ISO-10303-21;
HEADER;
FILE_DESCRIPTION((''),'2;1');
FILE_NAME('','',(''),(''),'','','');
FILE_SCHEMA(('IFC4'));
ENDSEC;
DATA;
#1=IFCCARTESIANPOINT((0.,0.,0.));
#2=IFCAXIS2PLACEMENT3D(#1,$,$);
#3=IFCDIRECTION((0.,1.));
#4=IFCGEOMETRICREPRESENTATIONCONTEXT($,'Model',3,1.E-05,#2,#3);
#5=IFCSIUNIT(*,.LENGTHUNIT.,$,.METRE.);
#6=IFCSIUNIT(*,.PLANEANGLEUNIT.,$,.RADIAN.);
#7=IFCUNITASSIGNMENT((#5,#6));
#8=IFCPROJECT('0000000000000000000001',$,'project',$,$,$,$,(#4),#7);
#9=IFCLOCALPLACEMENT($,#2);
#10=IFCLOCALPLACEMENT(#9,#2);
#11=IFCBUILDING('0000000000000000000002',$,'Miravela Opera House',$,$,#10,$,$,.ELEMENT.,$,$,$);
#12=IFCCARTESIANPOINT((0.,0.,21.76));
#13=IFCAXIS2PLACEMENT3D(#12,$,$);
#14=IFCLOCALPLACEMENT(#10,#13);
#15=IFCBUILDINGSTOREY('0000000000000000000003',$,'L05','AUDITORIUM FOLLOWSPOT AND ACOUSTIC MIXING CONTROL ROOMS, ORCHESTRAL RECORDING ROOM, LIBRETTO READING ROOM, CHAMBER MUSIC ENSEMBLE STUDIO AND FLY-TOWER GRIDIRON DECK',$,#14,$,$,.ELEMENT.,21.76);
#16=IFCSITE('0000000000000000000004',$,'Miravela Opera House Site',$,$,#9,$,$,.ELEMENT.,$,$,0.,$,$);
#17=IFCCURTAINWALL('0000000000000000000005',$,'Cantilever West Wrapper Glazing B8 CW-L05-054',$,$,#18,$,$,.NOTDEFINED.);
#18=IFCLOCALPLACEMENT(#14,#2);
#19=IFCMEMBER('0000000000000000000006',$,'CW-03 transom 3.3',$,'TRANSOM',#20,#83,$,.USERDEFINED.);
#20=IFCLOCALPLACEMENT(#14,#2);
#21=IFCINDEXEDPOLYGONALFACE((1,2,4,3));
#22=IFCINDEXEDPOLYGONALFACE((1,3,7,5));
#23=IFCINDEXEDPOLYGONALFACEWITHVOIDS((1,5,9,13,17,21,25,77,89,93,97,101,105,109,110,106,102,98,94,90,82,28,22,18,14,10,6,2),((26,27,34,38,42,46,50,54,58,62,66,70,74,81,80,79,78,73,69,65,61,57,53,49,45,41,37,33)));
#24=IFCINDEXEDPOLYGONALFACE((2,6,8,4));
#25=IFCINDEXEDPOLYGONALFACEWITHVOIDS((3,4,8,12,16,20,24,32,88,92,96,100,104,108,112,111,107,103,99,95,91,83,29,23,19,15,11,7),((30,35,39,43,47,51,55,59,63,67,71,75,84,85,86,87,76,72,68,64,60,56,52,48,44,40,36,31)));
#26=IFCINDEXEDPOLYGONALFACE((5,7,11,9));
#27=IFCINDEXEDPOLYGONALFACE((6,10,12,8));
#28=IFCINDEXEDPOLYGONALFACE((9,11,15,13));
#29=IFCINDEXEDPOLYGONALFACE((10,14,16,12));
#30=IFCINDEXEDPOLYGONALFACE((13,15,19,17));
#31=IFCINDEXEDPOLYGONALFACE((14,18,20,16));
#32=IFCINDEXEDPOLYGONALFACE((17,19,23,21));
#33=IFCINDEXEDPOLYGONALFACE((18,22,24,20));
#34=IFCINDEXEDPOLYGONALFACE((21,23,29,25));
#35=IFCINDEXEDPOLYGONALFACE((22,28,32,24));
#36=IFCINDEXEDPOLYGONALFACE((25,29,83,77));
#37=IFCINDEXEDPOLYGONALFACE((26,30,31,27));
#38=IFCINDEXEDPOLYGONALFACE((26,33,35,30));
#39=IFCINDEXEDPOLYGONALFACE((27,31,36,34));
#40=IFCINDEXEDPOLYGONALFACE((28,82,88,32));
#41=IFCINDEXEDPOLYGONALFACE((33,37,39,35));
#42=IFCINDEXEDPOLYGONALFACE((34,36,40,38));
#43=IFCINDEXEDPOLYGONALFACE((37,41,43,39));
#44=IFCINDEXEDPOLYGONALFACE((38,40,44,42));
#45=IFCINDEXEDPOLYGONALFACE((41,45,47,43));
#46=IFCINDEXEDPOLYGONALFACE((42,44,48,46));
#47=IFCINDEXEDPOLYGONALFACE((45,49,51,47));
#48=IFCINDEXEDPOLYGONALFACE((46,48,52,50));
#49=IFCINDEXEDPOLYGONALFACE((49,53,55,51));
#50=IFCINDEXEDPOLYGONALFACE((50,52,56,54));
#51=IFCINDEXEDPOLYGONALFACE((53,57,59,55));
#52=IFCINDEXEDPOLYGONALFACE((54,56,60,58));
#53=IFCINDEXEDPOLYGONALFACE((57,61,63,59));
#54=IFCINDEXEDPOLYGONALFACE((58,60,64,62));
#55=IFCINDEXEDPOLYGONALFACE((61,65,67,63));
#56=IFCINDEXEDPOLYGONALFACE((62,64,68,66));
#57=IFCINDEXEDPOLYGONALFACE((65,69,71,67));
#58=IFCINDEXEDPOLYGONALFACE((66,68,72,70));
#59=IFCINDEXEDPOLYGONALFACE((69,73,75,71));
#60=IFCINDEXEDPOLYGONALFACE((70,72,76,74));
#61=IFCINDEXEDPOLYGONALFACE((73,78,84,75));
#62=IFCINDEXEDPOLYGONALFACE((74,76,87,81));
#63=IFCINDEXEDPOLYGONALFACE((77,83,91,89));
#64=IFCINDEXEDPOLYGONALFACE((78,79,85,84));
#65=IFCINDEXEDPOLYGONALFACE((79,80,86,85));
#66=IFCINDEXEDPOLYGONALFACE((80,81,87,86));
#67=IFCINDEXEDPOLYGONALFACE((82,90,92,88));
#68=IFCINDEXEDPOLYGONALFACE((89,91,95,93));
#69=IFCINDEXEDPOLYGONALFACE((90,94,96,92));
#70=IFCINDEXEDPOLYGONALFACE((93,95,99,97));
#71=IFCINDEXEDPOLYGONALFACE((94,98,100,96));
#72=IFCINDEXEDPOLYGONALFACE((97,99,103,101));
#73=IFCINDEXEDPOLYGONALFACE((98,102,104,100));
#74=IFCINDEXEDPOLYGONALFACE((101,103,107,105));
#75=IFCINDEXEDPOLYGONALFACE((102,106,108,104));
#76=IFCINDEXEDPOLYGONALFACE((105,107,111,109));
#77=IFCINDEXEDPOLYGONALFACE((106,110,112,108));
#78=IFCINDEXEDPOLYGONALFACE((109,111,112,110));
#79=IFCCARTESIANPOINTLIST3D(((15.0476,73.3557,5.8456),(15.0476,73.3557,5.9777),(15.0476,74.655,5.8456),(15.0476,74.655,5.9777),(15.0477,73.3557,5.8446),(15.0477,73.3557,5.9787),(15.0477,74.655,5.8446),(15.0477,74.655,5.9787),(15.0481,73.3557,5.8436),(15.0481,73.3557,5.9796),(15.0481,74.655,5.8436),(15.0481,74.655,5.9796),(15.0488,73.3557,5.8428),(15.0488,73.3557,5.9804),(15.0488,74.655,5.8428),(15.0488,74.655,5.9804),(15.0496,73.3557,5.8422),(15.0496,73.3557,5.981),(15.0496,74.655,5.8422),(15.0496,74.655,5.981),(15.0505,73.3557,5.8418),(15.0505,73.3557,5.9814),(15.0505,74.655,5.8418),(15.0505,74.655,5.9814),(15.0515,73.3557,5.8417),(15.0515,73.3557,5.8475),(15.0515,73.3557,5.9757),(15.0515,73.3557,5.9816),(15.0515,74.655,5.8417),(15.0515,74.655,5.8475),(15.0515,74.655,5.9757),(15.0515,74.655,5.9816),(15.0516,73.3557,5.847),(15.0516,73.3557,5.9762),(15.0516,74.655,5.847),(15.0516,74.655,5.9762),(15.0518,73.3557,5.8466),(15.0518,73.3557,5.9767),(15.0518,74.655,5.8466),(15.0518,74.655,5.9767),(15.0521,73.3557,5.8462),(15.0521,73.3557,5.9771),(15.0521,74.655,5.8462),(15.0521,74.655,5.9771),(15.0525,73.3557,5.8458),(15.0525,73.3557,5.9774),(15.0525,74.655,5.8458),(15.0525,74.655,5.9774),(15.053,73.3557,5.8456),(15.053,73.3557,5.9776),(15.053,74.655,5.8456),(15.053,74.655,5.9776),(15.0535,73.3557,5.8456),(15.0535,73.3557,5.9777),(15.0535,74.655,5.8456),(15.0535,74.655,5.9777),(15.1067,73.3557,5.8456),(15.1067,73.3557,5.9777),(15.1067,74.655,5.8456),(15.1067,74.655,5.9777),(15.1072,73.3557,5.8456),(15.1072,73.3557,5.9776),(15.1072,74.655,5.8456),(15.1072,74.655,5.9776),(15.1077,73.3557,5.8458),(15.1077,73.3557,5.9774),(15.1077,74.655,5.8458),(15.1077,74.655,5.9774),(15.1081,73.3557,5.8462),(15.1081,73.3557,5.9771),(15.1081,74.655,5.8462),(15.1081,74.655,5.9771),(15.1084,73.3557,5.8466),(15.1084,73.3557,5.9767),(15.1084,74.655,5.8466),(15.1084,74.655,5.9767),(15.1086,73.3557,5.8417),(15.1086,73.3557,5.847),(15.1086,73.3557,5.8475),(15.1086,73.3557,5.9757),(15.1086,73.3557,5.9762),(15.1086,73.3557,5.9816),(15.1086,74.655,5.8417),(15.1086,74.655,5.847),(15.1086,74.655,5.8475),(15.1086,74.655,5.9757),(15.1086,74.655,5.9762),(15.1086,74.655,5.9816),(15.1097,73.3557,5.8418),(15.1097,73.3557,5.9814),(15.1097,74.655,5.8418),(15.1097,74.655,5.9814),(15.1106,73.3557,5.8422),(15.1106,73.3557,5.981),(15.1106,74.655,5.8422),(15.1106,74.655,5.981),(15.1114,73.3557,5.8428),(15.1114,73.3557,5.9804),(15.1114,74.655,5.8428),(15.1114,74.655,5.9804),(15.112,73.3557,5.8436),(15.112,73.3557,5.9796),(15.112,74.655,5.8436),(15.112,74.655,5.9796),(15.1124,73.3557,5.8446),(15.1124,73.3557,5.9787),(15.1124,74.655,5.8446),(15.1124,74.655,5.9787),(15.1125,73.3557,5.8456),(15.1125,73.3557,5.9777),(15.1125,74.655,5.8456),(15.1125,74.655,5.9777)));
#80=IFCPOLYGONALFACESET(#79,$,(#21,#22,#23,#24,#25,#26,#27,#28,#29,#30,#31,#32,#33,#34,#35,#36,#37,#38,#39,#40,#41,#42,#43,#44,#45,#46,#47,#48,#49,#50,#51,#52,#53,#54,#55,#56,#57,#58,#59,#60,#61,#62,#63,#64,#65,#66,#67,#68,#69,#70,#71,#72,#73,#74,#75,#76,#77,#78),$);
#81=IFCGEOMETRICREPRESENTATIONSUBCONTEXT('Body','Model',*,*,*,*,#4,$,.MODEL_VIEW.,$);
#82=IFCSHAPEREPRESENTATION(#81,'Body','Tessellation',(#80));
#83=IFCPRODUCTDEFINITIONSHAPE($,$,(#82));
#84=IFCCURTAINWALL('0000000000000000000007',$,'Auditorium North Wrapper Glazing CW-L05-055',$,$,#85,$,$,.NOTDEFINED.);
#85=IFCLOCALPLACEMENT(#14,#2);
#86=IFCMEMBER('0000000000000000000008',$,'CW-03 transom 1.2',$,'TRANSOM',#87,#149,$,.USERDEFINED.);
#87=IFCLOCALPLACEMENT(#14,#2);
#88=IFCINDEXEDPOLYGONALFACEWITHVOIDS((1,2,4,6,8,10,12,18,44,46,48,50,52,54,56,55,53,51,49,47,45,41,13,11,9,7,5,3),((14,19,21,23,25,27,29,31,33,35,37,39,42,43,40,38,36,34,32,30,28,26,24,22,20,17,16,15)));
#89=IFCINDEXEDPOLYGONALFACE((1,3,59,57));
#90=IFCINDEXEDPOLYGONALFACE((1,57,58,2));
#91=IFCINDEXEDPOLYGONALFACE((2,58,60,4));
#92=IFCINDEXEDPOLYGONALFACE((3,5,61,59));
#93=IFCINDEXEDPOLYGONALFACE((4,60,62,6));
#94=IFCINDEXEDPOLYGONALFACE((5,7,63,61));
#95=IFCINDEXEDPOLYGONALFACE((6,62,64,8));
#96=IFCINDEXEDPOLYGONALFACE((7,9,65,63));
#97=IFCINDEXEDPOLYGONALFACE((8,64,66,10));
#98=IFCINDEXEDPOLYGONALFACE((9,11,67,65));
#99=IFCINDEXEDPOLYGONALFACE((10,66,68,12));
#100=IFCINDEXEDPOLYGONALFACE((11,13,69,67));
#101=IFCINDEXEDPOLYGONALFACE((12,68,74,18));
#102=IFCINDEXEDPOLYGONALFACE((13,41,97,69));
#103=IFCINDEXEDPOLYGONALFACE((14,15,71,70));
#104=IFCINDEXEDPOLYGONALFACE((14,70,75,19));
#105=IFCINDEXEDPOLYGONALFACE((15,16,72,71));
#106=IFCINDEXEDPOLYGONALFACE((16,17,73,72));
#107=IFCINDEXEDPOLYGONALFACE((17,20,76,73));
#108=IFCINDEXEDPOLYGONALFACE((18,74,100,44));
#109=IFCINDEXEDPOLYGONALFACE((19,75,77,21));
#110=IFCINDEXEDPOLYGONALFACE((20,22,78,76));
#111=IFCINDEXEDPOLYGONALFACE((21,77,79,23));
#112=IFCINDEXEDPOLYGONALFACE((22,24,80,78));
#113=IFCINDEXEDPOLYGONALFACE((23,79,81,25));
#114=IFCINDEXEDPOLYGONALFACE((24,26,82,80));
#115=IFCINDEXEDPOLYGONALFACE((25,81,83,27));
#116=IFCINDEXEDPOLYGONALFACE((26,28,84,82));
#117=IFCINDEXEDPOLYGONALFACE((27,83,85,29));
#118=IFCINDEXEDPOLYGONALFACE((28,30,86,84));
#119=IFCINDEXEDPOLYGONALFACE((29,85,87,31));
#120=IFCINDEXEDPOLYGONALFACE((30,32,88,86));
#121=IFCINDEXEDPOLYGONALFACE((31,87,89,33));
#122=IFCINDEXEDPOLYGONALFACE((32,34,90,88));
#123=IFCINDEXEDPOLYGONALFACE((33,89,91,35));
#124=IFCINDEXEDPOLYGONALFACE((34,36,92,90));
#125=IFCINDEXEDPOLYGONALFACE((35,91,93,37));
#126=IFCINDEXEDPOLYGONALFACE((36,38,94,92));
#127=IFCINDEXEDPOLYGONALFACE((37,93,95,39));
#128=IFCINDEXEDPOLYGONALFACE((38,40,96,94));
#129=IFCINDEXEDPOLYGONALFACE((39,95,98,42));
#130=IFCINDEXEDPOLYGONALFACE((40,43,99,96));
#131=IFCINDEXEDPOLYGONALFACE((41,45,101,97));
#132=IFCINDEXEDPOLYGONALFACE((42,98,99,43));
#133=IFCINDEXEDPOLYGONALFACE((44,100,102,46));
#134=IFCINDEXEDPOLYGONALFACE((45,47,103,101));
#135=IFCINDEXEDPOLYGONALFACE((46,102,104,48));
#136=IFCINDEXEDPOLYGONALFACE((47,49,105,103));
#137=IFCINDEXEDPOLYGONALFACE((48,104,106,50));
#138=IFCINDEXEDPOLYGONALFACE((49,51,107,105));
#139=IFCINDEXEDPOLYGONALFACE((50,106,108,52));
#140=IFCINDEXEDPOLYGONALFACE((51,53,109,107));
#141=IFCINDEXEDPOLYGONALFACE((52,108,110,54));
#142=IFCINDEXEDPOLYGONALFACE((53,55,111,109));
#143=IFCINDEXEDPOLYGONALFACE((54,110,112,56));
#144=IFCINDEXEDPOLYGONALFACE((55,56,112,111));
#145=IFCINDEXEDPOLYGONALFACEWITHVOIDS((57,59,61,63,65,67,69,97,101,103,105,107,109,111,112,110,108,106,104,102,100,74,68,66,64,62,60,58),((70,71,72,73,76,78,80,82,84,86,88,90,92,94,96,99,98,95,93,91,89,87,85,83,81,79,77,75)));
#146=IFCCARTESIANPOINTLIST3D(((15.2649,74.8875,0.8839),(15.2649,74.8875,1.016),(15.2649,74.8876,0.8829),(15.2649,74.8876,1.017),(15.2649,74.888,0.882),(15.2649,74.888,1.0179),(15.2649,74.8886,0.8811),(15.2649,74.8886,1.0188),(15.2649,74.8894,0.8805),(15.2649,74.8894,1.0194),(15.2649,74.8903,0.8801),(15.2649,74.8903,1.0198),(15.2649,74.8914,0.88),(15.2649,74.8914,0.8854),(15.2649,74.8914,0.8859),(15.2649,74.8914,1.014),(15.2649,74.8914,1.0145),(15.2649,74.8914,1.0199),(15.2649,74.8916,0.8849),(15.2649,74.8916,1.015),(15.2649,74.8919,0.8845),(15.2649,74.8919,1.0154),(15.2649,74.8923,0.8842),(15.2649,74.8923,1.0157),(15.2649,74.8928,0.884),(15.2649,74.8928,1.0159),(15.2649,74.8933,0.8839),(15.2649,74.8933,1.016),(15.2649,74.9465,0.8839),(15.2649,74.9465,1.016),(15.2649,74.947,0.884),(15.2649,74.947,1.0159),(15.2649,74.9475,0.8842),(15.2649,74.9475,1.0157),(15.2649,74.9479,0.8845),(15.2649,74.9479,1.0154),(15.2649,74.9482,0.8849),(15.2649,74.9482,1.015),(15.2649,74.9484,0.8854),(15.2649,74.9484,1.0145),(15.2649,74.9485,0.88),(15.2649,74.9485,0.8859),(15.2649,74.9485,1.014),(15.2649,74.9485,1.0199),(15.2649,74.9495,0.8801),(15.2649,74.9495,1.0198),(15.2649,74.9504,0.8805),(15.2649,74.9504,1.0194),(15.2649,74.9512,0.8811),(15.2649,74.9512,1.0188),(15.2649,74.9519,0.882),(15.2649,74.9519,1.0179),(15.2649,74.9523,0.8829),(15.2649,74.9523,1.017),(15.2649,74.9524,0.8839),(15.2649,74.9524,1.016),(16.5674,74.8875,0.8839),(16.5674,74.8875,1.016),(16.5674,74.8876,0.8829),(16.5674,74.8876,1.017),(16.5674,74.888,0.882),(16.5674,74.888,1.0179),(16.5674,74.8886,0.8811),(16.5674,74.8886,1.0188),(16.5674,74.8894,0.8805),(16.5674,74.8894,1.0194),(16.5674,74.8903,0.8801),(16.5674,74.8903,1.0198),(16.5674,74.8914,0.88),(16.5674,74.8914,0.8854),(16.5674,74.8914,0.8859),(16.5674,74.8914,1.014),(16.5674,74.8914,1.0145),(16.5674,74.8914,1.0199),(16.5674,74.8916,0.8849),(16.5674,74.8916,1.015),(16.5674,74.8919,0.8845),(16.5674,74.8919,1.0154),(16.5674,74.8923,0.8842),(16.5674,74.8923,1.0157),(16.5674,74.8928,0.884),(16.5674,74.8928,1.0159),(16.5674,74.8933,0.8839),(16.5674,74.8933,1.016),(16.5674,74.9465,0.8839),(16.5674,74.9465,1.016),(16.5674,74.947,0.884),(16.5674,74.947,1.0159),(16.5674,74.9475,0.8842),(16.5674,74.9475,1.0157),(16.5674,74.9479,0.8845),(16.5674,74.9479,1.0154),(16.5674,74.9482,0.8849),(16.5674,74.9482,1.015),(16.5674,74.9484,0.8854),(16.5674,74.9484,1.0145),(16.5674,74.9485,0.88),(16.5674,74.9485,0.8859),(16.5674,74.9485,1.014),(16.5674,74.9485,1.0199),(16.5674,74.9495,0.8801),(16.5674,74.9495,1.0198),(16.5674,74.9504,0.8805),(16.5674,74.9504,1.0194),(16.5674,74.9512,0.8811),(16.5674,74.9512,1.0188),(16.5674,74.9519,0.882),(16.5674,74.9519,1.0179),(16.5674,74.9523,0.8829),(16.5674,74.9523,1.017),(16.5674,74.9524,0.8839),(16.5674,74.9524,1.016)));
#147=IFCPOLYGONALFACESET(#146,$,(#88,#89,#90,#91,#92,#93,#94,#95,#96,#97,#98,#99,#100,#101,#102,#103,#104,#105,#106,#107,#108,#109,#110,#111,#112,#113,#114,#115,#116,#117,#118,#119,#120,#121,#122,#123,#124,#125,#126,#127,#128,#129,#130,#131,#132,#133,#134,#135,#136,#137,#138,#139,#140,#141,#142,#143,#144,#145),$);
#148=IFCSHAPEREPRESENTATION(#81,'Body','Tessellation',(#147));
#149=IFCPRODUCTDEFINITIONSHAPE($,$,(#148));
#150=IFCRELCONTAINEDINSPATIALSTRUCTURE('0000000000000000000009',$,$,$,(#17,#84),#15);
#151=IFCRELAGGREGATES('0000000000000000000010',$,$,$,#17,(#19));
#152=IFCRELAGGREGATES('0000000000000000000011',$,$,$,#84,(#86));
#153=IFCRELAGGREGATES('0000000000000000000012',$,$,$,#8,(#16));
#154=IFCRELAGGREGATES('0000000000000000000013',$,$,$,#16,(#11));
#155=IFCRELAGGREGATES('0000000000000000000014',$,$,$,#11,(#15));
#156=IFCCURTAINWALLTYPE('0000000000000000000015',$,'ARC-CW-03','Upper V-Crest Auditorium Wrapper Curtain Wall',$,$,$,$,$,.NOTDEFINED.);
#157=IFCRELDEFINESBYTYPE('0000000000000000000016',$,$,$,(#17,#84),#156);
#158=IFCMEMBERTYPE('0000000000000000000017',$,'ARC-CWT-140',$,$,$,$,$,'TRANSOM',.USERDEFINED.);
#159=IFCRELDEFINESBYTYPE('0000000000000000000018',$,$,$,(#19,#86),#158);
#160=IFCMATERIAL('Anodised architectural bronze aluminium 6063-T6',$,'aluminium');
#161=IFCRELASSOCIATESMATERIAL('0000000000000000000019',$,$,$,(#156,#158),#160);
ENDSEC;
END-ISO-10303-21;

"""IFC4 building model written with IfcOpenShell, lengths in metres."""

from ifc_helpers import new_model, si_unit, direction, frame, origin, origin_2d, place, context, subcontext, project, spatial, hollow_rectangle, extrude, material, material_profile, profile_set, type_object, element, aggregate, save


model = new_model("IFC4")

# Units and contexts
model_context = context("Model", 3, precision=1e-05, world=origin(), true_north=direction((0.0, 1.0)))
body_context = subcontext(model_context, "Body", "Model", "MODEL_VIEW")
ifc_project = project(units=[si_unit("LENGTHUNIT", "METRE"), si_unit("PLANEANGLEUNIT", "RADIAN")], contexts=[model_context])

# Site, building, storey
site_placement = place(None, origin())
site = spatial("IfcSite", under=ifc_project, at=site_placement, Name="Miravela Opera House Site", CompositionType="ELEMENT", RefElevation=0.0)
building_placement = place(site_placement, origin())
building = spatial("IfcBuilding", under=site, at=building_placement, Name="Miravela Opera House", CompositionType="ELEMENT")
storey_placement = place(building_placement, frame((0.0, 0.0, 21.76)))
storey = spatial("IfcBuildingStorey", under=building, at=storey_placement, Name="L05", Description="AUDITORIUM FOLLOWSPOT AND ACOUSTIC MIXING CONTROL ROOMS, ORCHESTRAL RECORDING ROOM, LIBRETTO READING ROOM, CHAMBER MUSIC ENSEMBLE STUDIO AND FLY-TOWER GRIDIRON DECK", CompositionType="ELEMENT", Elevation=21.76)

# Curtain walls, members
ifc_material_1 = material(Name="Anodised architectural bronze aluminium 6063-T6", Category="aluminium")
curtain_wall_type = type_object("IfcCurtainWallType", Name="ARC-CW-03", Description="Upper V-Crest Auditorium Wrapper Curtain Wall", PredefinedType="NOTDEFINED", material=ifc_material_1)
ifc_material_profile_1 = material_profile(ifc_material_1, hollow_rectangle(XDim=0.0649, YDim=0.1399, WallThickness=0.0039, InnerFilletRadius=0.002, OuterFilletRadius=0.0039, at=origin_2d()), Name="CWT-65X140")
ifc_profile_set_1 = profile_set([ifc_material_profile_1])
member_type_1 = type_object("IfcMemberType", Name="ARC-CWT-140", ElementType="TRANSOM", PredefinedType="USERDEFINED", material=ifc_profile_set_1)
curtain_wall_1_placement = place(storey_placement, origin())
curtain_wall_1 = element("IfcCurtainWall", 1, at=curtain_wall_1_placement, inside=storey, type_object=curtain_wall_type, Name="Cantilever West Wrapper Glazing B8 CW-L05-054", PredefinedType="NOTDEFINED")
member_1_placement = place(storey_placement, frame((15.0801, 73.3557, 5.9116), z_axis=(0.0, 1.0, 0.0), x_axis=(-1.0, 0.0, 0.0)))
member_1 = element("IfcMember", 2, at=member_1_placement, type_object=member_type_1, Name="CW-03 transom 3.3", ObjectType="TRANSOM", PredefinedType="USERDEFINED", context=body_context, shape_type="SweptSolid", body=[
    extrude(hollow_rectangle(XDim=0.0649, YDim=0.1399, WallThickness=0.0039, InnerFilletRadius=0.002, OuterFilletRadius=0.0039, at=origin_2d()), origin(), (0.0, 0.0, 1.0), 1.2993),
])
curtain_wall_2_placement = place(storey_placement, origin())
curtain_wall_2 = element("IfcCurtainWall", 3, at=curtain_wall_2_placement, inside=storey, type_object=curtain_wall_type, Name="Auditorium North Wrapper Glazing CW-L05-055", PredefinedType="NOTDEFINED")
member_2_placement = place(storey_placement, frame((15.2649, 74.9199, 0.95), z_axis=(1.0, 0.0, 0.0), x_axis=(0.0, 1.0, 0.0)))
member_2 = element("IfcMember", 4, at=member_2_placement, type_object=member_type_1, Name="CW-03 transom 1.2", ObjectType="TRANSOM", PredefinedType="USERDEFINED", context=body_context, shape_type="SweptSolid", body=[
    extrude(hollow_rectangle(XDim=0.0649, YDim=0.1399, WallThickness=0.0039, InnerFilletRadius=0.002, OuterFilletRadius=0.0039, at=origin_2d()), origin(), (0.0, 0.0, 1.0), 1.3025),
])

aggregate(curtain_wall_1, [member_1])
aggregate(curtain_wall_2, [member_2])

save(model, "model.ifc")
